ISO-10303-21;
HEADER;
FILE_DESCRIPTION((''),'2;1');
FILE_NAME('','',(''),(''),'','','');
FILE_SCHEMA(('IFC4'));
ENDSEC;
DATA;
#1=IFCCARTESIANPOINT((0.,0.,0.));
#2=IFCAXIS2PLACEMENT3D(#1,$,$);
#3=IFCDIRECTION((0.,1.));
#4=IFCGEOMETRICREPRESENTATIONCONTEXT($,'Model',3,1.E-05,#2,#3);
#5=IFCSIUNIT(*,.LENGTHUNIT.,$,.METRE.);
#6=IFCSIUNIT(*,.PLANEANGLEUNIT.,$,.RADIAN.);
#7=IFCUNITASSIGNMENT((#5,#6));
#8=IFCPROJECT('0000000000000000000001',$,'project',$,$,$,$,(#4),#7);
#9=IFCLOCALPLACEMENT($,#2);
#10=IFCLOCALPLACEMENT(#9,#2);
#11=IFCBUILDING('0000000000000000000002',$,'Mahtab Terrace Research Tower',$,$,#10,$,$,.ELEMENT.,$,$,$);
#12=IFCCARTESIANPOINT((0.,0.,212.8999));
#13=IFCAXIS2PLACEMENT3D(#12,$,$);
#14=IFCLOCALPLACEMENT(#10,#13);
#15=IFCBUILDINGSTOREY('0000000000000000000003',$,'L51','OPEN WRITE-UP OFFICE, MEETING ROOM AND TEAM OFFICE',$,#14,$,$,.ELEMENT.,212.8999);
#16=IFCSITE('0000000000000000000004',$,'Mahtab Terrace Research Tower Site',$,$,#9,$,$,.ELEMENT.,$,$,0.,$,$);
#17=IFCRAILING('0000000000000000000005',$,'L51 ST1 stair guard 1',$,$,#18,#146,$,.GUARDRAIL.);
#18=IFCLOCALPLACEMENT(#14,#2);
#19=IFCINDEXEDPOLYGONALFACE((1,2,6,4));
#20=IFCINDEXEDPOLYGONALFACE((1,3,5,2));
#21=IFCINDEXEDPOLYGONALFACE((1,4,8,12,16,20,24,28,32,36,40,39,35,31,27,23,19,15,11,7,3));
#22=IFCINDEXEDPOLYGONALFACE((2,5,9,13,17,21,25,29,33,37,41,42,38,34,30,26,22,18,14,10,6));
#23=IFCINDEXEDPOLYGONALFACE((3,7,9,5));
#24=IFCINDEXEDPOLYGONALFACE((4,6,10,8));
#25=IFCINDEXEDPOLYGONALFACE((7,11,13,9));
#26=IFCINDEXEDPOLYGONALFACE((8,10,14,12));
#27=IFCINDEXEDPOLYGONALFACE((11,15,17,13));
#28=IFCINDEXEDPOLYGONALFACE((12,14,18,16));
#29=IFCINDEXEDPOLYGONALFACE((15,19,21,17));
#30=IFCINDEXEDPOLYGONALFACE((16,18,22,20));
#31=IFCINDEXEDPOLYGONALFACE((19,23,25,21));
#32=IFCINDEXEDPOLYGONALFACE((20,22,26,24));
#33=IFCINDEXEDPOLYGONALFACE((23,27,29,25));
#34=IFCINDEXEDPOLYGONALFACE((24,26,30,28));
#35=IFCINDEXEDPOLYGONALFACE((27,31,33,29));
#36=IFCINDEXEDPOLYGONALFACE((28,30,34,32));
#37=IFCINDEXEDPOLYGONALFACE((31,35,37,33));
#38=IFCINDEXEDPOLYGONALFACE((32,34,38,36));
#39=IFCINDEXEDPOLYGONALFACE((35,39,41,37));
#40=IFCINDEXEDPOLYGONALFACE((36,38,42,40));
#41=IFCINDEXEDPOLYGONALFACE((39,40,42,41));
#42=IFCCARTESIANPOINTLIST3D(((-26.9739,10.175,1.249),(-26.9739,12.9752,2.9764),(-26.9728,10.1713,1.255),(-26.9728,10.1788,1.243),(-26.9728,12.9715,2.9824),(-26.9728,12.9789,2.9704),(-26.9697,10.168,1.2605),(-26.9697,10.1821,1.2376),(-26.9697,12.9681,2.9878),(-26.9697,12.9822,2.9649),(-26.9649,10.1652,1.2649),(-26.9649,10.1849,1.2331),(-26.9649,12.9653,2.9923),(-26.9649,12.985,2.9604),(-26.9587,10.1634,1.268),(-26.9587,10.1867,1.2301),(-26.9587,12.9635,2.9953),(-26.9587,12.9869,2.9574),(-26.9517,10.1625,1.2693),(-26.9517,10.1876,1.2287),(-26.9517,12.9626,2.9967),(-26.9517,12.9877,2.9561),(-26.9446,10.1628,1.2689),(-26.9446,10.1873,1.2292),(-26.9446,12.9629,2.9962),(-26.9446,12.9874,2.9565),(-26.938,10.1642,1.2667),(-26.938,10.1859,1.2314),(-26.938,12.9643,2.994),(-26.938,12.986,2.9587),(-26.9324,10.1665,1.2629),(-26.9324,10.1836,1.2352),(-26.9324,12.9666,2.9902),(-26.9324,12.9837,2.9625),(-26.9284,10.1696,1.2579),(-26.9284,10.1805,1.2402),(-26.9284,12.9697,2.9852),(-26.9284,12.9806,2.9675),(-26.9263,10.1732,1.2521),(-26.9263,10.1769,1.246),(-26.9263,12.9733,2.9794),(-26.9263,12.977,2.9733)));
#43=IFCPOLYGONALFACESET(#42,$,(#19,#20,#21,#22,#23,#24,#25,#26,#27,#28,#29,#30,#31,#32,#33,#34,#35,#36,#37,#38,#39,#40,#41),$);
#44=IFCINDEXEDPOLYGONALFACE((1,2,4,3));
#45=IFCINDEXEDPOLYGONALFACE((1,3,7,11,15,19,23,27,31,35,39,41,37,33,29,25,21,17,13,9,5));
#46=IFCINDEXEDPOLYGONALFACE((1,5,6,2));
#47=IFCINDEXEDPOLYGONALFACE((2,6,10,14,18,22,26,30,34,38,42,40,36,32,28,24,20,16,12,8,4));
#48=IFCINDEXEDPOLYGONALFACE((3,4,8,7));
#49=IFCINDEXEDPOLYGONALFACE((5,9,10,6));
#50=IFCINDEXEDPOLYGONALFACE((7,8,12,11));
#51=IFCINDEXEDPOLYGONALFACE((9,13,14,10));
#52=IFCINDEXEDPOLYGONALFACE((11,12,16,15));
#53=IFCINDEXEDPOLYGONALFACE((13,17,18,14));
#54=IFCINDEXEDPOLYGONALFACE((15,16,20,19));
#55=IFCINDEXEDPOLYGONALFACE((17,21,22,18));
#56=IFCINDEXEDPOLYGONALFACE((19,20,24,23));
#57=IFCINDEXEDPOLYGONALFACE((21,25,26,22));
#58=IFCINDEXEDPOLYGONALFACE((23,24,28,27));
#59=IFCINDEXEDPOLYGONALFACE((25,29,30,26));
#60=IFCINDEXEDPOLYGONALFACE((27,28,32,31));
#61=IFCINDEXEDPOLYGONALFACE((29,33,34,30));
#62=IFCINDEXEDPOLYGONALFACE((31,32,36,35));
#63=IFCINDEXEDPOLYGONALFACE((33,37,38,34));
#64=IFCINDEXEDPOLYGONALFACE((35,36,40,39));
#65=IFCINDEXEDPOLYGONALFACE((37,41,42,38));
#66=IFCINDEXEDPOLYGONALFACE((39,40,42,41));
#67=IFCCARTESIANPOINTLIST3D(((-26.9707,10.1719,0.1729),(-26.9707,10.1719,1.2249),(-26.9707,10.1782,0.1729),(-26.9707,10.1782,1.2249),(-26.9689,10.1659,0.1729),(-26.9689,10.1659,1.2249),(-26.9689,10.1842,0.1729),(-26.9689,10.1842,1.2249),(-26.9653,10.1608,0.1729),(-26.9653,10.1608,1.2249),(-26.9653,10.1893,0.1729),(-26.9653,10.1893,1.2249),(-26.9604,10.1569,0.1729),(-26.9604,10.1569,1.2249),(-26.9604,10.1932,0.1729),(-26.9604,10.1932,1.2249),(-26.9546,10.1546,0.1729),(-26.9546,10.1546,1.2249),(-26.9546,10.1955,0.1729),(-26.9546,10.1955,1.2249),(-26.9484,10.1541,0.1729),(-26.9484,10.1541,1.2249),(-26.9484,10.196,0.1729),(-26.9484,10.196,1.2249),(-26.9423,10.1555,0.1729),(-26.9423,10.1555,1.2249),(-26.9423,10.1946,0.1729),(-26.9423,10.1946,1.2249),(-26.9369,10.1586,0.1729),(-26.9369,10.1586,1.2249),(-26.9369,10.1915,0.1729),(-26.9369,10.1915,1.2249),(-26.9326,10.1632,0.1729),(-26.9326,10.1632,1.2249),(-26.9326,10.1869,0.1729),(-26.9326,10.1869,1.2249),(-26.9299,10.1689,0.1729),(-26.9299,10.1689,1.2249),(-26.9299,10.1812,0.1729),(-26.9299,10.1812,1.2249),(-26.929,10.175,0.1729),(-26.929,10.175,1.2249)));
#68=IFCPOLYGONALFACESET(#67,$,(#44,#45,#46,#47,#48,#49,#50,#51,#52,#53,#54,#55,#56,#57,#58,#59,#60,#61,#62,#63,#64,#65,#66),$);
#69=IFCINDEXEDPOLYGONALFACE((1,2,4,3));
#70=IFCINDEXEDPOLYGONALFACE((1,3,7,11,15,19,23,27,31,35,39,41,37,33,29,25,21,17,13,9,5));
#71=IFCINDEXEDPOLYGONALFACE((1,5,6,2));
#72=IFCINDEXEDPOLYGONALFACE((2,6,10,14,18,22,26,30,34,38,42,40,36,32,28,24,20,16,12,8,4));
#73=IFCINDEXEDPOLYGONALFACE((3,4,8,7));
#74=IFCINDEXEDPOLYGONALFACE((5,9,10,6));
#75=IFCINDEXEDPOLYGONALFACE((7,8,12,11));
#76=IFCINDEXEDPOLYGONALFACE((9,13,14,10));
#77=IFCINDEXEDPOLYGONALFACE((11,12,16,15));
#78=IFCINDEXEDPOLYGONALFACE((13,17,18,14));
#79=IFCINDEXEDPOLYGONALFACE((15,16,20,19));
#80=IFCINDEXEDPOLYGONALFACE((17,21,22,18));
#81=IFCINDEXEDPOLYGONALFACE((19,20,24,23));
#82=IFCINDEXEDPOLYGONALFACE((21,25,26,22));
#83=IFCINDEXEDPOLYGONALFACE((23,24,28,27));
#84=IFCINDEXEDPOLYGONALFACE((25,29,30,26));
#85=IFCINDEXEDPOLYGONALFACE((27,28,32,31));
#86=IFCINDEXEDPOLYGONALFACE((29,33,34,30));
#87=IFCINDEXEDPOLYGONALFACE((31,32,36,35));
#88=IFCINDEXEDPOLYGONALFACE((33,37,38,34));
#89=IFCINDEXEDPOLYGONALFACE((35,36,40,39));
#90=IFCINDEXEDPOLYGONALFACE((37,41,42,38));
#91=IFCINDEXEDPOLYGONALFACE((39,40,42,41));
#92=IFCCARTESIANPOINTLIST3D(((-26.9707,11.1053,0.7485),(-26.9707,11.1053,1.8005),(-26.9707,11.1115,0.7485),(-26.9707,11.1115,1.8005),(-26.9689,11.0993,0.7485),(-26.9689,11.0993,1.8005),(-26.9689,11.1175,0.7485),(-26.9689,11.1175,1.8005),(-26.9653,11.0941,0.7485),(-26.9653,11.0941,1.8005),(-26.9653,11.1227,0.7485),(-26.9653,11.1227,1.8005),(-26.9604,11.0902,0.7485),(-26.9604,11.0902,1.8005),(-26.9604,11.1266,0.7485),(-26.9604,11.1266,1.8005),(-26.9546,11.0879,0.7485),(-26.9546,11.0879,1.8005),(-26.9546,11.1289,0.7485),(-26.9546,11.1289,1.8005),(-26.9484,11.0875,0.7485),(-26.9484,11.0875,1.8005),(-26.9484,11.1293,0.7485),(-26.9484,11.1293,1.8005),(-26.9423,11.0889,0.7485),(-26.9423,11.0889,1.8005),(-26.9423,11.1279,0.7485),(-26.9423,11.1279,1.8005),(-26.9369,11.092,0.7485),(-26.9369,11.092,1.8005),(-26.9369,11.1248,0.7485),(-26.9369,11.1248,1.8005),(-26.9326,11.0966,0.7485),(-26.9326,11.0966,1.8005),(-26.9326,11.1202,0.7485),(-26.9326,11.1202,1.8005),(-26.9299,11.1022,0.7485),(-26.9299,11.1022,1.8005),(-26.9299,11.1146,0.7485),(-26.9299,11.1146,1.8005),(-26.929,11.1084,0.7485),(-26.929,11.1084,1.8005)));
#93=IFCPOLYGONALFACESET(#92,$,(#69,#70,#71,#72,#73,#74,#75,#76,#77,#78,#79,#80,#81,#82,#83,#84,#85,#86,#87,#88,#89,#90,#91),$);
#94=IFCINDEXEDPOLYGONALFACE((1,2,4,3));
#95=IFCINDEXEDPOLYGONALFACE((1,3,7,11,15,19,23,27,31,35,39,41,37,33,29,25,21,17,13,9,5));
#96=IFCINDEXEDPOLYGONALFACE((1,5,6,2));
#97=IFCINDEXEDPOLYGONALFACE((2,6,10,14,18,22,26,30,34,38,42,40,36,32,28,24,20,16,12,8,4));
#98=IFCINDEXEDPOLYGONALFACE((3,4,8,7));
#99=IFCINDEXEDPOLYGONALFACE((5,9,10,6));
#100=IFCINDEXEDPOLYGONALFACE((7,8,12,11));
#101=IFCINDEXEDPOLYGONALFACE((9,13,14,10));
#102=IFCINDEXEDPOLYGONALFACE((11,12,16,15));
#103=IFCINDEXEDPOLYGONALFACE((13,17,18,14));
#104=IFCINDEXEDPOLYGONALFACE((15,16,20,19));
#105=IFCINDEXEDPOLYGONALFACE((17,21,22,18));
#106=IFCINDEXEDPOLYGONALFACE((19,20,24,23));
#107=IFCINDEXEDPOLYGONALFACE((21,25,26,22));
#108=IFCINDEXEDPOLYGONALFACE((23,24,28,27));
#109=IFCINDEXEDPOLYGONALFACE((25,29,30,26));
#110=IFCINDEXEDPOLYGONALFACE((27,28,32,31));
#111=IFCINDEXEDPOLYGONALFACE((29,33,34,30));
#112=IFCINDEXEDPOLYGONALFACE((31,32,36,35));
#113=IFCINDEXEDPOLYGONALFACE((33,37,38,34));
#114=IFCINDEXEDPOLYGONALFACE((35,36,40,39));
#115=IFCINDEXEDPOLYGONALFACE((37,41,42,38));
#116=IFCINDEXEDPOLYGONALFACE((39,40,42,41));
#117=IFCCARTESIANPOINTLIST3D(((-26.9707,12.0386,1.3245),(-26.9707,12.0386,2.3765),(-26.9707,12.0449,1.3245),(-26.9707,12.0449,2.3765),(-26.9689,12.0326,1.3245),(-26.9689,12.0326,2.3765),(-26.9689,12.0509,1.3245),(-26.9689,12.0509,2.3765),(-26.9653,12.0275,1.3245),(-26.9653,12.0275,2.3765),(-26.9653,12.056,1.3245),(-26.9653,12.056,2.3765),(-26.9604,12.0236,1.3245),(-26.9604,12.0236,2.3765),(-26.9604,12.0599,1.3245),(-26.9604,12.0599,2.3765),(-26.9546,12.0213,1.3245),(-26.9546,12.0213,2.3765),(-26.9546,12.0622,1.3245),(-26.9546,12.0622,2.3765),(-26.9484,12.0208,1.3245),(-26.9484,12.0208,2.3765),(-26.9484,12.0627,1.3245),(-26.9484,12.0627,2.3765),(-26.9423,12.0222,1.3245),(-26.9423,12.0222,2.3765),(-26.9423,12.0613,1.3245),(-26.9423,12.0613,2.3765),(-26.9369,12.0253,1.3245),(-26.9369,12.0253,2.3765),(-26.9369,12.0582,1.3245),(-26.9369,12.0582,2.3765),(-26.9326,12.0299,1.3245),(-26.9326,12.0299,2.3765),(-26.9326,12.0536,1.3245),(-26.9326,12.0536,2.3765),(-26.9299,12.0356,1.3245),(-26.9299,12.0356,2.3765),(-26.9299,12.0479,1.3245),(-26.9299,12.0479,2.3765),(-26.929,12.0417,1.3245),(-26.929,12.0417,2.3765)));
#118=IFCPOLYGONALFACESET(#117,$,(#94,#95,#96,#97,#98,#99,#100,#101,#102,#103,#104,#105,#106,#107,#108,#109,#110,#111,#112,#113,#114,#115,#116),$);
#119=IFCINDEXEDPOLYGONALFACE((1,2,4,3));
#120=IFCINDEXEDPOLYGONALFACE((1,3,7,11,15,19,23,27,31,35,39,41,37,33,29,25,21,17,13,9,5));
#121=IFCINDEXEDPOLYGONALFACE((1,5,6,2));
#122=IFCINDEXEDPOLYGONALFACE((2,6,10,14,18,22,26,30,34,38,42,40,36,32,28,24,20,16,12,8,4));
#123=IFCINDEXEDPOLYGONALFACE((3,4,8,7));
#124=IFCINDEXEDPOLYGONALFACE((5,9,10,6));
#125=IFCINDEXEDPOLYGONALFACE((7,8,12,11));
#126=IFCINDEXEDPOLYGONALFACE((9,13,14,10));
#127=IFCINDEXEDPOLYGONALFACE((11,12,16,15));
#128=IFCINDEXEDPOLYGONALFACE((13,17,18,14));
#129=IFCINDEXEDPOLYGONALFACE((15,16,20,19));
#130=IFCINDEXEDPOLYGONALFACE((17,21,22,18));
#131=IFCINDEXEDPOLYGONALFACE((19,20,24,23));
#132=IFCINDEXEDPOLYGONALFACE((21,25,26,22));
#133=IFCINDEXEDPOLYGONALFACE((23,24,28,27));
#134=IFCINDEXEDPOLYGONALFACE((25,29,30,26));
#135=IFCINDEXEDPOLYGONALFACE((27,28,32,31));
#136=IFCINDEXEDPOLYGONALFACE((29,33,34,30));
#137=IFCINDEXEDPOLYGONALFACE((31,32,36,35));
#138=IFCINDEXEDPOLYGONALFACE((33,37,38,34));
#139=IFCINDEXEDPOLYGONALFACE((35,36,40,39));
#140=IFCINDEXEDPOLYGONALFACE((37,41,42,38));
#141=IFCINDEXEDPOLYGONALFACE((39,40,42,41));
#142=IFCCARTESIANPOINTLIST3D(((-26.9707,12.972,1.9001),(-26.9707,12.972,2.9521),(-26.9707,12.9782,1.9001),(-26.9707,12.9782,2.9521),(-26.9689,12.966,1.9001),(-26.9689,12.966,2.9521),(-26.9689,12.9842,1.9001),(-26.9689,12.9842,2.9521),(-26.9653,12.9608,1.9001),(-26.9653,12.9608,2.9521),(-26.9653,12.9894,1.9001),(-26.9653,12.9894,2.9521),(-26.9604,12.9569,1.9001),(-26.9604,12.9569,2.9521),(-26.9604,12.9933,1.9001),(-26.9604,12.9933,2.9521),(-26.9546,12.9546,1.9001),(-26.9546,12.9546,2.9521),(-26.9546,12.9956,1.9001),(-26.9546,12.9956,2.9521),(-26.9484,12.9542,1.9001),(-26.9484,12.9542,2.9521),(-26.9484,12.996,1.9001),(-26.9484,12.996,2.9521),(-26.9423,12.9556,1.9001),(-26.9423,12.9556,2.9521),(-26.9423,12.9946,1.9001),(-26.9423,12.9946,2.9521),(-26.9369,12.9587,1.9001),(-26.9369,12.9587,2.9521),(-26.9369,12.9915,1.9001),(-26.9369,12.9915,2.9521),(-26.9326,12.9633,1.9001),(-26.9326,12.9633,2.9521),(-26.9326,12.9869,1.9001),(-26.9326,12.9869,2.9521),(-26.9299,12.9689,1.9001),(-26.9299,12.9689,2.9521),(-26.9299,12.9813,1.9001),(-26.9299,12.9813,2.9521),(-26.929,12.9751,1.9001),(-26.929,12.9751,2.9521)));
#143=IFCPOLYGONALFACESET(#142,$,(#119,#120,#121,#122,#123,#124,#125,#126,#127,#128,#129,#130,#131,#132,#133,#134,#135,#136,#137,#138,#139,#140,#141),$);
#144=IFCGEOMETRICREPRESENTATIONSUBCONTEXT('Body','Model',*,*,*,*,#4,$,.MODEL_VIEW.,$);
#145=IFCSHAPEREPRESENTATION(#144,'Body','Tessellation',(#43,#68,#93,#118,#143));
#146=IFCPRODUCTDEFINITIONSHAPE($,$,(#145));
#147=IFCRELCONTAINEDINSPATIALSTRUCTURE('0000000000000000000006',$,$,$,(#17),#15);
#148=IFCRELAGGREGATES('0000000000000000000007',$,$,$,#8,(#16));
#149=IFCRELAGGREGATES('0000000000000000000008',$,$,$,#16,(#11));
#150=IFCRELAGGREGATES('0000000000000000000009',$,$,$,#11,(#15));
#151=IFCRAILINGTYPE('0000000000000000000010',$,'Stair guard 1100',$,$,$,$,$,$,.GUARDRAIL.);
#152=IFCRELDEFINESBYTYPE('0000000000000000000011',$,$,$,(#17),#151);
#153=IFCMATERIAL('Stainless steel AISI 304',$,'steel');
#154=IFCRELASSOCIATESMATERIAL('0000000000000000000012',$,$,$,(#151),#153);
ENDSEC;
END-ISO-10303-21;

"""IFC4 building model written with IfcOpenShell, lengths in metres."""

from ifc_helpers import new_model, si_unit, direction, frame, origin, origin_2d, place, context, subcontext, project, spatial, circle, extrude, material, type_object, element, save


model = new_model("IFC4")

# Units and contexts
model_context = context("Model", 3, precision=1e-05, world=origin(), true_north=direction((0.0, 1.0)))
body_context = subcontext(model_context, "Body", "Model", "MODEL_VIEW")
ifc_project = project(units=[si_unit("LENGTHUNIT", "METRE"), si_unit("PLANEANGLEUNIT", "RADIAN")], contexts=[model_context])

# Site, building, storey
site_placement = place(None, origin())
site = spatial("IfcSite", under=ifc_project, at=site_placement, Name="Mahtab Terrace Research Tower Site", CompositionType="ELEMENT", RefElevation=0.0)
building_placement = place(site_placement, origin())
building = spatial("IfcBuilding", under=site, at=building_placement, Name="Mahtab Terrace Research Tower", CompositionType="ELEMENT")
storey_placement = place(building_placement, frame((0.0, 0.0, 212.8999)))
storey = spatial("IfcBuildingStorey", under=building, at=storey_placement, Name="L51", Description="OPEN WRITE-UP OFFICE, MEETING ROOM AND TEAM OFFICE", CompositionType="ELEMENT", Elevation=212.8999)

# Railing
ifc_material_1 = material(Name="Stainless steel AISI 304", Category="steel")
railing_type_1 = type_object("IfcRailingType", Name="Stair guard 1100", PredefinedType="GUARDRAIL", material=ifc_material_1)
railing_1_placement = place(storey_placement, frame((-26.95, 10.175, 0.1729)))
element("IfcRailing", 1, at=railing_1_placement, inside=storey, type_object=railing_type_1, Name="L51 ST1 stair guard 1", PredefinedType="GUARDRAIL", context=body_context, shape_type="SweptSolid", body=[
    extrude(circle(Radius=0.0239, at=origin_2d()), frame((0.0, 0.0, 1.0762), z_axis=(0.0, 0.85109, 0.52502), x_axis=(-1.0, 0.0, 0.0)), (0.0, 0.0, 1.0), 3.29),
    extrude(circle(Radius=0.021, at=origin_2d()), origin(), (0.0, 0.0, 1.0), 1.052),
    extrude(circle(Radius=0.021, at=origin_2d()), frame((0.0, 0.9333, 0.5757)), (0.0, 0.0, 1.0), 1.052),
    extrude(circle(Radius=0.021, at=origin_2d()), frame((0.0, 1.8667, 1.1516)), (0.0, 0.0, 1.0), 1.052),
    extrude(circle(Radius=0.021, at=origin_2d()), frame((0.0, 2.8, 1.7273)), (0.0, 0.0, 1.0), 1.052),
])

save(model, "model.ifc")
